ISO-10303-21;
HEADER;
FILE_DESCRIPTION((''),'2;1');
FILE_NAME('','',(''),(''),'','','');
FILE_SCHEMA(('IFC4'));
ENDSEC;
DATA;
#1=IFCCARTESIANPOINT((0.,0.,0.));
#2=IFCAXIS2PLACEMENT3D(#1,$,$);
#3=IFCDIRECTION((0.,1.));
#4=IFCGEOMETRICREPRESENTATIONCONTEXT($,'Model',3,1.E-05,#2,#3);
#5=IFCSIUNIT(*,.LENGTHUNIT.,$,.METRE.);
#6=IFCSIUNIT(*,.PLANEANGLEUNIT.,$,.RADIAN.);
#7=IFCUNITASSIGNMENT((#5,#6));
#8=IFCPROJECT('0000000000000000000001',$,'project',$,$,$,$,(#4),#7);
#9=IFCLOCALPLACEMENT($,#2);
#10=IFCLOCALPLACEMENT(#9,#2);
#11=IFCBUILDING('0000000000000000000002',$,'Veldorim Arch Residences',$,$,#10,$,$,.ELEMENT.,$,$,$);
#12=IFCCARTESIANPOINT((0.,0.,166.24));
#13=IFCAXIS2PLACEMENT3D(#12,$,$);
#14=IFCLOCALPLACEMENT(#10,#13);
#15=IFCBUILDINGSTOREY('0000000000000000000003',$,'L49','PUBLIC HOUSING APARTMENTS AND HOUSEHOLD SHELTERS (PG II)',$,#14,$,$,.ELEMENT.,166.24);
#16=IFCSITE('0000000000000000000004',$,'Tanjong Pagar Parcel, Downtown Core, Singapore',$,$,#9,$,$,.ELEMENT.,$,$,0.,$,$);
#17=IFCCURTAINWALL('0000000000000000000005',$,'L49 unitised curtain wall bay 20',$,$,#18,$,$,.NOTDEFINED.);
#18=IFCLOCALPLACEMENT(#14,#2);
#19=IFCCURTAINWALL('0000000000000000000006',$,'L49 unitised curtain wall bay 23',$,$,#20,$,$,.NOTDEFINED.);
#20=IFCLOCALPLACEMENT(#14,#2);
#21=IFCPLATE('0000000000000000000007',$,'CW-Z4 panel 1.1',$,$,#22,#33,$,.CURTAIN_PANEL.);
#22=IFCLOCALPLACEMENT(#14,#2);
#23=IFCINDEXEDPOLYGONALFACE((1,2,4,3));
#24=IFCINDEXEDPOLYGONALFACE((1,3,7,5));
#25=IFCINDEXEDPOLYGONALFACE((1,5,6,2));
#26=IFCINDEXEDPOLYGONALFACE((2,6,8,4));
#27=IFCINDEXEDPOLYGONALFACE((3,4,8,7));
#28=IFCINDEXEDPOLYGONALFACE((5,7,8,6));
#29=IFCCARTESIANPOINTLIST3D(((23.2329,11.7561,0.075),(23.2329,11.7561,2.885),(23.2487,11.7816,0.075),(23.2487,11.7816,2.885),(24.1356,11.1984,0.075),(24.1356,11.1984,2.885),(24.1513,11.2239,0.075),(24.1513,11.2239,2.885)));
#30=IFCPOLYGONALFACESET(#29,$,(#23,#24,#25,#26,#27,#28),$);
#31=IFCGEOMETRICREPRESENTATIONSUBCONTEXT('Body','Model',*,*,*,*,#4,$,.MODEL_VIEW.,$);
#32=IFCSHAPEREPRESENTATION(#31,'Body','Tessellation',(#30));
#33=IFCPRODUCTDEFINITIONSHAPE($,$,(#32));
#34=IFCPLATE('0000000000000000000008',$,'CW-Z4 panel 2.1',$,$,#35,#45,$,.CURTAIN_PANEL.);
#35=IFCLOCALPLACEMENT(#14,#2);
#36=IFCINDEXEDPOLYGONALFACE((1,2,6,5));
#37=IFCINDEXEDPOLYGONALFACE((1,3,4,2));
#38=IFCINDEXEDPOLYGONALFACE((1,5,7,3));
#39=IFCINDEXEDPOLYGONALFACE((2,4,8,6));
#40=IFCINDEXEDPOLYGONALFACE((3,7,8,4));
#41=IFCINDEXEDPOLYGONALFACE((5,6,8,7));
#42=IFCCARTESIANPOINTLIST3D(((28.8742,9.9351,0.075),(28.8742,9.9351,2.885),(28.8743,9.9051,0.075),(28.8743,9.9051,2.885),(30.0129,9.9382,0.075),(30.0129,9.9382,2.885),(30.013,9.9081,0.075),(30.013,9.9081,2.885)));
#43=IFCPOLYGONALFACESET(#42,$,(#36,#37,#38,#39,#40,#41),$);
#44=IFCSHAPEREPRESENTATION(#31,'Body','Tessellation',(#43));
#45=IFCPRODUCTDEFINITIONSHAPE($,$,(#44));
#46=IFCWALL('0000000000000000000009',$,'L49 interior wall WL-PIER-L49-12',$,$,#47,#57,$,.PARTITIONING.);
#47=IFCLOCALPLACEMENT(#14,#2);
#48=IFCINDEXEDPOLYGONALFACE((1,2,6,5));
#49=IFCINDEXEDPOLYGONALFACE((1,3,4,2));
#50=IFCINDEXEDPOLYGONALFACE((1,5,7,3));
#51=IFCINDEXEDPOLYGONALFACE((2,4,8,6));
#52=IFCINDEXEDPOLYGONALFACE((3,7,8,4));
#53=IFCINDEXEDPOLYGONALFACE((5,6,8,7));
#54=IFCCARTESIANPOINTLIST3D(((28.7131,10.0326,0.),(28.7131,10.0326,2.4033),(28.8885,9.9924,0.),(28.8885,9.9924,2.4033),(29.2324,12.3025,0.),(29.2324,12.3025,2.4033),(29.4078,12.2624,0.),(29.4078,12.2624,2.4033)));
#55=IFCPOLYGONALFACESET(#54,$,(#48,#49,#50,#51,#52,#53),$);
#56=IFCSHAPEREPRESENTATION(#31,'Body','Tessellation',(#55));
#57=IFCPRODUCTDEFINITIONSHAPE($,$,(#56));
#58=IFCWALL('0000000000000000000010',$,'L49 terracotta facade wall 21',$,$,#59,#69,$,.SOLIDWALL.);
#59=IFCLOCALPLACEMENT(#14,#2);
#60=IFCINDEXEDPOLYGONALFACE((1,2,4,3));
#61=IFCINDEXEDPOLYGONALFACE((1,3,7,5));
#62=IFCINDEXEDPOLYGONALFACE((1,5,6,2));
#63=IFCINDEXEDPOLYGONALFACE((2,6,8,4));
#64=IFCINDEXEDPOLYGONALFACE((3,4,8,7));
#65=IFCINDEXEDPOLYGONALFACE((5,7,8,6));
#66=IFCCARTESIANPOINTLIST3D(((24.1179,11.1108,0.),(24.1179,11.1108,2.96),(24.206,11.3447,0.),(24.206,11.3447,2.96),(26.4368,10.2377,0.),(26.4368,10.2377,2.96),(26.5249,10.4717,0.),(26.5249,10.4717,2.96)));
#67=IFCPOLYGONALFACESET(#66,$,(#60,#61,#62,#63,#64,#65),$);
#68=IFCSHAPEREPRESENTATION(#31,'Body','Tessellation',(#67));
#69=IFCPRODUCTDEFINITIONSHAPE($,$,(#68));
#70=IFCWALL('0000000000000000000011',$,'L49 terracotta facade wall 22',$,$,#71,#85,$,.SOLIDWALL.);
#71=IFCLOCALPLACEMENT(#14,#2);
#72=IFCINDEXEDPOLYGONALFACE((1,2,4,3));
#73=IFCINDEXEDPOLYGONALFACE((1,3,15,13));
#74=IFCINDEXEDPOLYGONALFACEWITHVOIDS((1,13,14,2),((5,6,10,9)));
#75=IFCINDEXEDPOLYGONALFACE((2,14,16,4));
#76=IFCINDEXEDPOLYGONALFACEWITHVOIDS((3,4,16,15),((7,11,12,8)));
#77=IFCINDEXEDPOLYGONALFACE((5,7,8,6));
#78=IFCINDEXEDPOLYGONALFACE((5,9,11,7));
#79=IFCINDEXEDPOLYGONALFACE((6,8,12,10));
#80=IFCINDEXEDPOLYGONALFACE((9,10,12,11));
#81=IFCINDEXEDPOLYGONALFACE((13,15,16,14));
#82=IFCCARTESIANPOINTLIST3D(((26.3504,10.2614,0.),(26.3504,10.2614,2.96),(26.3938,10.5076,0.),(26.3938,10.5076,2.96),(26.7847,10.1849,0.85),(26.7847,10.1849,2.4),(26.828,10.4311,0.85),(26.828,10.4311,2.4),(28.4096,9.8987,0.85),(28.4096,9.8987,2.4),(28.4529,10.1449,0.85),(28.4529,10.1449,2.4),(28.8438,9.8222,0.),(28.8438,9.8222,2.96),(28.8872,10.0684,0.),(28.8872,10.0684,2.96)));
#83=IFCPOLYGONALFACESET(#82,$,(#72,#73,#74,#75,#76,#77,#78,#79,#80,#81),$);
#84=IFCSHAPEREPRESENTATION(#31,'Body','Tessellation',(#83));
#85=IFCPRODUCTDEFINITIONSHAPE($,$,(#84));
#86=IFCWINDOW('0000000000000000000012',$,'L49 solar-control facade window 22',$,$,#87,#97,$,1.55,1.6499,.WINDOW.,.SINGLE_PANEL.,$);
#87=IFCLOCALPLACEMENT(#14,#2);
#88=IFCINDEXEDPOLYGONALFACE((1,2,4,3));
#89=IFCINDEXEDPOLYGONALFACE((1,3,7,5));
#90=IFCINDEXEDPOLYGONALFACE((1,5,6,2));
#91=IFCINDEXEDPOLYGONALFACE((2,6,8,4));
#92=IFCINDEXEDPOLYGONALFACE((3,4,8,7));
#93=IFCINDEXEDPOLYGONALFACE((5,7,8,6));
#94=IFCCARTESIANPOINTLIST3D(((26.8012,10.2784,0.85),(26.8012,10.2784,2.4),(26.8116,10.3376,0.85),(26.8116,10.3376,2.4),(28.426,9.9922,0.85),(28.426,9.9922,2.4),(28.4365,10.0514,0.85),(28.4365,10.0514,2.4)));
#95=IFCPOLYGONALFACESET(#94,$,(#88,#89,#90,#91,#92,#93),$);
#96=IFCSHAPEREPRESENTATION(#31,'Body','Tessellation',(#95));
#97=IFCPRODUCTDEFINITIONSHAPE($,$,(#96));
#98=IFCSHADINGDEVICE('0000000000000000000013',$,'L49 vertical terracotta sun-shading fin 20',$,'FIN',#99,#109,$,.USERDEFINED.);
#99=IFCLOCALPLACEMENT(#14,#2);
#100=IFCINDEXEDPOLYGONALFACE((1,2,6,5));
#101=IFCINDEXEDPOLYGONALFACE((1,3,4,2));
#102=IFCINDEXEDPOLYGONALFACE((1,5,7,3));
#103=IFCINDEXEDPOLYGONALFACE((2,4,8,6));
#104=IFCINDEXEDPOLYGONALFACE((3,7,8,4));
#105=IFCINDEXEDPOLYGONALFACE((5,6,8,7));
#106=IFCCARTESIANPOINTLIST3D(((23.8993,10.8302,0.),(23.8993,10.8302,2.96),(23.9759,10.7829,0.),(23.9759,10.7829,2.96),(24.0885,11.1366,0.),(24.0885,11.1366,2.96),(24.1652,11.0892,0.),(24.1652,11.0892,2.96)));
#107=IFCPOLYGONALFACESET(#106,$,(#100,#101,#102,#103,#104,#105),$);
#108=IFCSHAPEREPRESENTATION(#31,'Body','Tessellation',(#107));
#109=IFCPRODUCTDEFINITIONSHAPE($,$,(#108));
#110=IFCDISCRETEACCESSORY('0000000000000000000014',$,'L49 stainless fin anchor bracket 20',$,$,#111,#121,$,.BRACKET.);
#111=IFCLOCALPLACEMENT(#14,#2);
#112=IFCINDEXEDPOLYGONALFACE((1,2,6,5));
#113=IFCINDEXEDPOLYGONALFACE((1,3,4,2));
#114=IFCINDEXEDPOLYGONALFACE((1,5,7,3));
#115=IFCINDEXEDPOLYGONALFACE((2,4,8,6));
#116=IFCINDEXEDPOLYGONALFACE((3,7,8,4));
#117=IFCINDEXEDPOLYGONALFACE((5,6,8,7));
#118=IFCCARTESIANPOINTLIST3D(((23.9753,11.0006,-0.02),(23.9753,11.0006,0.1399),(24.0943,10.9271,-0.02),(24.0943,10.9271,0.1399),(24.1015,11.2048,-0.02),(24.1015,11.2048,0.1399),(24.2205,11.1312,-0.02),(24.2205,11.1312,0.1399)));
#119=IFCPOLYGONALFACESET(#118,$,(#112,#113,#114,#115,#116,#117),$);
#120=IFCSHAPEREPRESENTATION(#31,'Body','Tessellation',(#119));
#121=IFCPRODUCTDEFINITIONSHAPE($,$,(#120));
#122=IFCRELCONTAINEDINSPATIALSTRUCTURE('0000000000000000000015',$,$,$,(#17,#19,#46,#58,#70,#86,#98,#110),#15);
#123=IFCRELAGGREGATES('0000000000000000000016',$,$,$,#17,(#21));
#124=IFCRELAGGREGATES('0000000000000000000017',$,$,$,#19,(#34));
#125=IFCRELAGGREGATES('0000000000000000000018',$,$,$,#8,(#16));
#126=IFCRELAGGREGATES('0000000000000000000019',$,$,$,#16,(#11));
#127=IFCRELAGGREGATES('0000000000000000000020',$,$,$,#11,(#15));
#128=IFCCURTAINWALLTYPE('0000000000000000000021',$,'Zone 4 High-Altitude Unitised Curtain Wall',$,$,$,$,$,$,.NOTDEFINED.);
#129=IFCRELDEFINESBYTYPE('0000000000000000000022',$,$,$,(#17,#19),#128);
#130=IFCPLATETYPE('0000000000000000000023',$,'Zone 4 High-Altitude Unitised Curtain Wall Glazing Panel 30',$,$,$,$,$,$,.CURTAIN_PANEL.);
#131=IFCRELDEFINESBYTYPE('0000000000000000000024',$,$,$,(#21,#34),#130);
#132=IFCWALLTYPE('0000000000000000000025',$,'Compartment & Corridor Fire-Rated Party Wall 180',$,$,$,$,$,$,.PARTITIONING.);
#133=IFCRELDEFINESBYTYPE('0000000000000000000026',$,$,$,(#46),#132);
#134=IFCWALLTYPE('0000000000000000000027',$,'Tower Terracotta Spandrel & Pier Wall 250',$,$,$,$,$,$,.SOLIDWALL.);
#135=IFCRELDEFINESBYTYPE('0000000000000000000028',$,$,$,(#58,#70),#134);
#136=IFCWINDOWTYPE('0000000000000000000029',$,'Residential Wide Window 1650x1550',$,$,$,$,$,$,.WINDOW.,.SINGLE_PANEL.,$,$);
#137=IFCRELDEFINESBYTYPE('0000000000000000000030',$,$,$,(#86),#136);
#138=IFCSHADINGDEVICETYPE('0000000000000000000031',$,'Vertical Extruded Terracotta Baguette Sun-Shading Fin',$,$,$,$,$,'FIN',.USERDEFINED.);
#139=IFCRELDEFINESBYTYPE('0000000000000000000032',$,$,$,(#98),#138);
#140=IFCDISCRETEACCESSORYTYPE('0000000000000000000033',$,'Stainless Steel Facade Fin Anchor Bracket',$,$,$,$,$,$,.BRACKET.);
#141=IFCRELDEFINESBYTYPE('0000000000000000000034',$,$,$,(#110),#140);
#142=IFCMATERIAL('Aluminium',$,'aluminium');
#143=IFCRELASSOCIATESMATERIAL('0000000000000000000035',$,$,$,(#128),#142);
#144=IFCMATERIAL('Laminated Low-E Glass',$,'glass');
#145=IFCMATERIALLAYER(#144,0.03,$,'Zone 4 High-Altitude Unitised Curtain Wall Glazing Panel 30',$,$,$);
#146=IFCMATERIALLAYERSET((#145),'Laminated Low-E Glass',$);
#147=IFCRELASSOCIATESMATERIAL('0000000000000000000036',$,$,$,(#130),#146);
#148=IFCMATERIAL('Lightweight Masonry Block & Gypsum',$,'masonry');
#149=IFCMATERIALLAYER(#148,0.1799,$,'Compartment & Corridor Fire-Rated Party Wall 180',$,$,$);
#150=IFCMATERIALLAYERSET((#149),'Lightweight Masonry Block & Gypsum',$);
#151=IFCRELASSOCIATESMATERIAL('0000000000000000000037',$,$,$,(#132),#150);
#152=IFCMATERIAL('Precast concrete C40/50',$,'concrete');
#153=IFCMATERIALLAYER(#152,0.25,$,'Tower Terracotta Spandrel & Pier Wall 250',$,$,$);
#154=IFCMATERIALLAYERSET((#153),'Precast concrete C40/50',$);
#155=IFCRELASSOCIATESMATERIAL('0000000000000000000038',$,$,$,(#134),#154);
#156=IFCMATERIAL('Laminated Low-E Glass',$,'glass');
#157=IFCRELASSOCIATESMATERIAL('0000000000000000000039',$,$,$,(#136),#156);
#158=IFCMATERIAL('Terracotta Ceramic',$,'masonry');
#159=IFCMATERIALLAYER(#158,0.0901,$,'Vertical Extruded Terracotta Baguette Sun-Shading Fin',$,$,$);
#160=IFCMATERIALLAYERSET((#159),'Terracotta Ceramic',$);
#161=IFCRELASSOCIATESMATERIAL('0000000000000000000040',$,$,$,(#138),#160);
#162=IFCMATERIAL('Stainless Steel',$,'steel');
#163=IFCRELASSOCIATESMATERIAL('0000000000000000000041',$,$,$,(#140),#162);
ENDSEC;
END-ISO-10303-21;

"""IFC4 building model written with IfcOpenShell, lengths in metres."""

from ifc_helpers import new_model, si_unit, direction, frame, frame_2d, origin, origin_2d, place, context, subcontext, project, spatial, rectangle, extrude, material, layer, layer_set, type_object, element, fill, aggregate, save


model = new_model("IFC4")

# Units and contexts
model_context = context("Model", 3, precision=1e-05, world=origin(), true_north=direction((0.0, 1.0)))
body_context = subcontext(model_context, "Body", "Model", "MODEL_VIEW")
ifc_project = project(units=[si_unit("LENGTHUNIT", "METRE"), si_unit("PLANEANGLEUNIT", "RADIAN")], contexts=[model_context])

# Site, building, storey
site_placement = place(None, origin())
site = spatial("IfcSite", under=ifc_project, at=site_placement, Name="Tanjong Pagar Parcel, Downtown Core, Singapore", CompositionType="ELEMENT", RefElevation=0.0)
building_placement = place(site_placement, origin())
building = spatial("IfcBuilding", under=site, at=building_placement, Name="Veldorim Arch Residences", CompositionType="ELEMENT")
storey_placement = place(building_placement, frame((0.0, 0.0, 166.24)))
storey = spatial("IfcBuildingStorey", under=building, at=storey_placement, Name="L49", Description="PUBLIC HOUSING APARTMENTS AND HOUSEHOLD SHELTERS (PG II)", CompositionType="ELEMENT", Elevation=166.24)

# Curtain walls
ifc_material_1 = material(Name="Aluminium", Category="aluminium")
curtain_wall_type = type_object("IfcCurtainWallType", Name="Zone 4 High-Altitude Unitised Curtain Wall", PredefinedType="NOTDEFINED", material=ifc_material_1)
curtain_wall_1_placement = place(storey_placement, origin())
curtain_wall_1 = element("IfcCurtainWall", 1, at=curtain_wall_1_placement, inside=storey, type_object=curtain_wall_type, Name="L49 unitised curtain wall bay 20", PredefinedType="NOTDEFINED")
curtain_wall_2_placement = place(storey_placement, origin())
curtain_wall_2 = element("IfcCurtainWall", 2, at=curtain_wall_2_placement, inside=storey, type_object=curtain_wall_type, Name="L49 unitised curtain wall bay 23", PredefinedType="NOTDEFINED")

# Plates
ifc_material_2 = material(Name="Laminated Low-E Glass", Category="glass")
ifc_layer_1 = layer(ifc_material_2, 0.03, Name="Zone 4 High-Altitude Unitised Curtain Wall Glazing Panel 30")
ifc_layer_set_1 = layer_set([ifc_layer_1], Name="Laminated Low-E Glass")
plate_type = type_object("IfcPlateType", Name="Zone 4 High-Altitude Unitised Curtain Wall Glazing Panel 30", PredefinedType="CURTAIN_PANEL", material=ifc_layer_set_1)
plate_1_placement = place(storey_placement, frame((23.6921, 11.49, 0.075), z_axis=(0.0, 0.0, 1.0), x_axis=(-0.850709, 0.525637, 0.0)))
plate_1 = element("IfcPlate", 3, at=plate_1_placement, type_object=plate_type, Name="CW-Z4 panel 1.1", PredefinedType="CURTAIN_PANEL", context=body_context, shape_type="SweptSolid", body=[
    extrude(rectangle(XDim=1.061, YDim=0.03, at=origin_2d()), origin(), (0.0, 0.0, 1.0), 2.8101),
])
aggregate(curtain_wall_1, [plate_1])
plate_2_placement = place(storey_placement, frame((29.4436, 9.9216, 0.075), z_axis=(0.0, 0.0, 1.0), x_axis=(-0.999996, -0.002678, 0.0)))
plate_2 = element("IfcPlate", 4, at=plate_2_placement, type_object=plate_type, Name="CW-Z4 panel 2.1", PredefinedType="CURTAIN_PANEL", context=body_context, shape_type="SweptSolid", body=[
    extrude(rectangle(XDim=1.1387, YDim=0.03, at=origin_2d()), origin(), (0.0, 0.0, 1.0), 2.8101),
])
aggregate(curtain_wall_2, [plate_2])

# Walls
ifc_material_3 = material(Name="Lightweight Masonry Block & Gypsum", Category="masonry")
ifc_layer_2 = layer(ifc_material_3, 0.1799, Name="Compartment & Corridor Fire-Rated Party Wall 180")
ifc_layer_set_2 = layer_set([ifc_layer_2], Name="Lightweight Masonry Block & Gypsum")
wall_type_1 = type_object("IfcWallType", Name="Compartment & Corridor Fire-Rated Party Wall 180", PredefinedType="PARTITIONING", material=ifc_layer_set_2)
wall_1_placement = place(storey_placement, frame((29.3201, 12.2825, 0.0), z_axis=(0.0, 0.0, 1.0), x_axis=(-0.222998, -0.974819, 0.0)))
element("IfcWall", 5, at=wall_1_placement, inside=storey, type_object=wall_type_1, Name="L49 interior wall WL-PIER-L49-12", PredefinedType="PARTITIONING", context=body_context, shape_type="SweptSolid", body=[
    extrude(rectangle(XDim=2.3286, YDim=0.1799, at=frame_2d((1.1643, 0.0))), origin(), (0.0, 0.0, 1.0), 2.4033),
])
ifc_material_4 = material(Name="Precast concrete C40/50", Category="concrete")
ifc_layer_3 = layer(ifc_material_4, 0.25, Name="Tower Terracotta Spandrel & Pier Wall 250")
ifc_layer_set_3 = layer_set([ifc_layer_3], Name="Precast concrete C40/50")
wall_type_2 = type_object("IfcWallType", Name="Tower Terracotta Spandrel & Pier Wall 250", PredefinedType="SOLIDWALL", material=ifc_layer_set_3)
wall_2_placement = place(storey_placement, frame((26.4807, 10.3547, 0.0), z_axis=(0.0, 0.0, 1.0), x_axis=(-0.935867, 0.352354, 0.0)))
element("IfcWall", 6, at=wall_2_placement, inside=storey, type_object=wall_type_2, Name="L49 terracotta facade wall 21", PredefinedType="SOLIDWALL", context=body_context, shape_type="SweptSolid", body=[
    extrude(rectangle(XDim=2.4778, YDim=0.25, at=frame_2d((1.2388, 0.0))), origin(), (0.0, 0.0, 1.0), 2.96),
])

# Wall, opening, window
wall_3_placement = place(storey_placement, frame((28.8655, 9.9453, 0.0), z_axis=(0.0, 0.0, 1.0), x_axis=(-0.984838, 0.173477, 0.0)))
wall_3 = element("IfcWall", 7, at=wall_3_placement, inside=storey, type_object=wall_type_2, Name="L49 terracotta facade wall 22", PredefinedType="SOLIDWALL", context=body_context, shape_type="SweptSolid", body=[
    extrude(rectangle(XDim=2.5317, YDim=0.25, at=frame_2d((1.2659, 0.0))), origin(), (0.0, 0.0, 1.0), 2.96),
])
opening_placement = place(wall_3_placement, frame((0.4409, 0.0, 0.8501)))
opening = element("IfcOpeningElement", 8, at=opening_placement, cuts=wall_3, PredefinedType="OPENING", context=body_context, shape_type="SweptSolid", body=[
    extrude(rectangle(XDim=1.6499, YDim=1.55, at=frame_2d((0.825, 0.7749))), frame((0.0, 0.135, 0.0), z_axis=(0.0, -1.0, 0.0), x_axis=(1.0, 0.0, 0.0)), (0.0, 0.0, 1.0), 0.27),
])
ifc_material_5 = material(Name="Laminated Low-E Glass", Category="glass")
window_type = type_object("IfcWindowType", Name="Residential Wide Window 1650x1550", PartitioningType="SINGLE_PANEL", PredefinedType="WINDOW", material=ifc_material_5)
window_placement = place(opening_placement, origin())
window = element("IfcWindow", 9, at=window_placement, inside=storey, type_object=window_type, Name="L49 solar-control facade window 22", OverallHeight=1.55, OverallWidth=1.6499, PartitioningType="SINGLE_PANEL", PredefinedType="WINDOW", context=body_context, shape_type="SweptSolid", body=[
    extrude(rectangle(XDim=1.6499, YDim=1.55, at=frame_2d((0.825, 0.7749))), frame((0.0, 0.03, 0.0), z_axis=(0.0, -1.0, 0.0), x_axis=(1.0, 0.0, 0.0)), (0.0, 0.0, 1.0), 0.0601),
])
fill(opening, window)

# Shading device
ifc_material_6 = material(Name="Terracotta Ceramic", Category="masonry")
ifc_layer_4 = layer(ifc_material_6, 0.0901, Name="Vertical Extruded Terracotta Baguette Sun-Shading Fin")
ifc_layer_set_4 = layer_set([ifc_layer_4], Name="Terracotta Ceramic")
shading_device_type = type_object("IfcShadingDeviceType", Name="Vertical Extruded Terracotta Baguette Sun-Shading Fin", ElementType="FIN", PredefinedType="USERDEFINED", material=ifc_layer_set_4)
shading_device_placement = place(storey_placement, frame((24.0322, 10.9597, 0.0), z_axis=(0.0, 0.0, 1.0), x_axis=(-0.850719, 0.52562, 0.0)))
element("IfcShadingDevice", 10, at=shading_device_placement, inside=storey, type_object=shading_device_type, Name="L49 vertical terracotta sun-shading fin 20", ObjectType="FIN", PredefinedType="USERDEFINED", context=body_context, shape_type="SweptSolid", body=[
    extrude(rectangle(XDim=0.0901, YDim=0.3601, at=origin_2d()), origin(), (0.0, 0.0, 1.0), 2.96),
])

# Discrete accessory
ifc_material_7 = material(Name="Stainless Steel", Category="steel")
discrete_accessory_type = type_object("IfcDiscreteAccessoryType", Name="Stainless Steel Facade Fin Anchor Bracket", PredefinedType="BRACKET", material=ifc_material_7)
discrete_accessory_placement = place(storey_placement, frame((24.0979, 11.0659, -0.02), z_axis=(0.0, 0.0, 1.0), x_axis=(-0.850719, 0.52562, 0.0)))
element("IfcDiscreteAccessory", 11, at=discrete_accessory_placement, inside=storey, type_object=discrete_accessory_type, Name="L49 stainless fin anchor bracket 20", PredefinedType="BRACKET", context=body_context, shape_type="SweptSolid", body=[
    extrude(rectangle(XDim=0.1399, YDim=0.24, at=origin_2d()), origin(), (0.0, 0.0, 1.0), 0.1599),
])

save(model, "model.ifc")
